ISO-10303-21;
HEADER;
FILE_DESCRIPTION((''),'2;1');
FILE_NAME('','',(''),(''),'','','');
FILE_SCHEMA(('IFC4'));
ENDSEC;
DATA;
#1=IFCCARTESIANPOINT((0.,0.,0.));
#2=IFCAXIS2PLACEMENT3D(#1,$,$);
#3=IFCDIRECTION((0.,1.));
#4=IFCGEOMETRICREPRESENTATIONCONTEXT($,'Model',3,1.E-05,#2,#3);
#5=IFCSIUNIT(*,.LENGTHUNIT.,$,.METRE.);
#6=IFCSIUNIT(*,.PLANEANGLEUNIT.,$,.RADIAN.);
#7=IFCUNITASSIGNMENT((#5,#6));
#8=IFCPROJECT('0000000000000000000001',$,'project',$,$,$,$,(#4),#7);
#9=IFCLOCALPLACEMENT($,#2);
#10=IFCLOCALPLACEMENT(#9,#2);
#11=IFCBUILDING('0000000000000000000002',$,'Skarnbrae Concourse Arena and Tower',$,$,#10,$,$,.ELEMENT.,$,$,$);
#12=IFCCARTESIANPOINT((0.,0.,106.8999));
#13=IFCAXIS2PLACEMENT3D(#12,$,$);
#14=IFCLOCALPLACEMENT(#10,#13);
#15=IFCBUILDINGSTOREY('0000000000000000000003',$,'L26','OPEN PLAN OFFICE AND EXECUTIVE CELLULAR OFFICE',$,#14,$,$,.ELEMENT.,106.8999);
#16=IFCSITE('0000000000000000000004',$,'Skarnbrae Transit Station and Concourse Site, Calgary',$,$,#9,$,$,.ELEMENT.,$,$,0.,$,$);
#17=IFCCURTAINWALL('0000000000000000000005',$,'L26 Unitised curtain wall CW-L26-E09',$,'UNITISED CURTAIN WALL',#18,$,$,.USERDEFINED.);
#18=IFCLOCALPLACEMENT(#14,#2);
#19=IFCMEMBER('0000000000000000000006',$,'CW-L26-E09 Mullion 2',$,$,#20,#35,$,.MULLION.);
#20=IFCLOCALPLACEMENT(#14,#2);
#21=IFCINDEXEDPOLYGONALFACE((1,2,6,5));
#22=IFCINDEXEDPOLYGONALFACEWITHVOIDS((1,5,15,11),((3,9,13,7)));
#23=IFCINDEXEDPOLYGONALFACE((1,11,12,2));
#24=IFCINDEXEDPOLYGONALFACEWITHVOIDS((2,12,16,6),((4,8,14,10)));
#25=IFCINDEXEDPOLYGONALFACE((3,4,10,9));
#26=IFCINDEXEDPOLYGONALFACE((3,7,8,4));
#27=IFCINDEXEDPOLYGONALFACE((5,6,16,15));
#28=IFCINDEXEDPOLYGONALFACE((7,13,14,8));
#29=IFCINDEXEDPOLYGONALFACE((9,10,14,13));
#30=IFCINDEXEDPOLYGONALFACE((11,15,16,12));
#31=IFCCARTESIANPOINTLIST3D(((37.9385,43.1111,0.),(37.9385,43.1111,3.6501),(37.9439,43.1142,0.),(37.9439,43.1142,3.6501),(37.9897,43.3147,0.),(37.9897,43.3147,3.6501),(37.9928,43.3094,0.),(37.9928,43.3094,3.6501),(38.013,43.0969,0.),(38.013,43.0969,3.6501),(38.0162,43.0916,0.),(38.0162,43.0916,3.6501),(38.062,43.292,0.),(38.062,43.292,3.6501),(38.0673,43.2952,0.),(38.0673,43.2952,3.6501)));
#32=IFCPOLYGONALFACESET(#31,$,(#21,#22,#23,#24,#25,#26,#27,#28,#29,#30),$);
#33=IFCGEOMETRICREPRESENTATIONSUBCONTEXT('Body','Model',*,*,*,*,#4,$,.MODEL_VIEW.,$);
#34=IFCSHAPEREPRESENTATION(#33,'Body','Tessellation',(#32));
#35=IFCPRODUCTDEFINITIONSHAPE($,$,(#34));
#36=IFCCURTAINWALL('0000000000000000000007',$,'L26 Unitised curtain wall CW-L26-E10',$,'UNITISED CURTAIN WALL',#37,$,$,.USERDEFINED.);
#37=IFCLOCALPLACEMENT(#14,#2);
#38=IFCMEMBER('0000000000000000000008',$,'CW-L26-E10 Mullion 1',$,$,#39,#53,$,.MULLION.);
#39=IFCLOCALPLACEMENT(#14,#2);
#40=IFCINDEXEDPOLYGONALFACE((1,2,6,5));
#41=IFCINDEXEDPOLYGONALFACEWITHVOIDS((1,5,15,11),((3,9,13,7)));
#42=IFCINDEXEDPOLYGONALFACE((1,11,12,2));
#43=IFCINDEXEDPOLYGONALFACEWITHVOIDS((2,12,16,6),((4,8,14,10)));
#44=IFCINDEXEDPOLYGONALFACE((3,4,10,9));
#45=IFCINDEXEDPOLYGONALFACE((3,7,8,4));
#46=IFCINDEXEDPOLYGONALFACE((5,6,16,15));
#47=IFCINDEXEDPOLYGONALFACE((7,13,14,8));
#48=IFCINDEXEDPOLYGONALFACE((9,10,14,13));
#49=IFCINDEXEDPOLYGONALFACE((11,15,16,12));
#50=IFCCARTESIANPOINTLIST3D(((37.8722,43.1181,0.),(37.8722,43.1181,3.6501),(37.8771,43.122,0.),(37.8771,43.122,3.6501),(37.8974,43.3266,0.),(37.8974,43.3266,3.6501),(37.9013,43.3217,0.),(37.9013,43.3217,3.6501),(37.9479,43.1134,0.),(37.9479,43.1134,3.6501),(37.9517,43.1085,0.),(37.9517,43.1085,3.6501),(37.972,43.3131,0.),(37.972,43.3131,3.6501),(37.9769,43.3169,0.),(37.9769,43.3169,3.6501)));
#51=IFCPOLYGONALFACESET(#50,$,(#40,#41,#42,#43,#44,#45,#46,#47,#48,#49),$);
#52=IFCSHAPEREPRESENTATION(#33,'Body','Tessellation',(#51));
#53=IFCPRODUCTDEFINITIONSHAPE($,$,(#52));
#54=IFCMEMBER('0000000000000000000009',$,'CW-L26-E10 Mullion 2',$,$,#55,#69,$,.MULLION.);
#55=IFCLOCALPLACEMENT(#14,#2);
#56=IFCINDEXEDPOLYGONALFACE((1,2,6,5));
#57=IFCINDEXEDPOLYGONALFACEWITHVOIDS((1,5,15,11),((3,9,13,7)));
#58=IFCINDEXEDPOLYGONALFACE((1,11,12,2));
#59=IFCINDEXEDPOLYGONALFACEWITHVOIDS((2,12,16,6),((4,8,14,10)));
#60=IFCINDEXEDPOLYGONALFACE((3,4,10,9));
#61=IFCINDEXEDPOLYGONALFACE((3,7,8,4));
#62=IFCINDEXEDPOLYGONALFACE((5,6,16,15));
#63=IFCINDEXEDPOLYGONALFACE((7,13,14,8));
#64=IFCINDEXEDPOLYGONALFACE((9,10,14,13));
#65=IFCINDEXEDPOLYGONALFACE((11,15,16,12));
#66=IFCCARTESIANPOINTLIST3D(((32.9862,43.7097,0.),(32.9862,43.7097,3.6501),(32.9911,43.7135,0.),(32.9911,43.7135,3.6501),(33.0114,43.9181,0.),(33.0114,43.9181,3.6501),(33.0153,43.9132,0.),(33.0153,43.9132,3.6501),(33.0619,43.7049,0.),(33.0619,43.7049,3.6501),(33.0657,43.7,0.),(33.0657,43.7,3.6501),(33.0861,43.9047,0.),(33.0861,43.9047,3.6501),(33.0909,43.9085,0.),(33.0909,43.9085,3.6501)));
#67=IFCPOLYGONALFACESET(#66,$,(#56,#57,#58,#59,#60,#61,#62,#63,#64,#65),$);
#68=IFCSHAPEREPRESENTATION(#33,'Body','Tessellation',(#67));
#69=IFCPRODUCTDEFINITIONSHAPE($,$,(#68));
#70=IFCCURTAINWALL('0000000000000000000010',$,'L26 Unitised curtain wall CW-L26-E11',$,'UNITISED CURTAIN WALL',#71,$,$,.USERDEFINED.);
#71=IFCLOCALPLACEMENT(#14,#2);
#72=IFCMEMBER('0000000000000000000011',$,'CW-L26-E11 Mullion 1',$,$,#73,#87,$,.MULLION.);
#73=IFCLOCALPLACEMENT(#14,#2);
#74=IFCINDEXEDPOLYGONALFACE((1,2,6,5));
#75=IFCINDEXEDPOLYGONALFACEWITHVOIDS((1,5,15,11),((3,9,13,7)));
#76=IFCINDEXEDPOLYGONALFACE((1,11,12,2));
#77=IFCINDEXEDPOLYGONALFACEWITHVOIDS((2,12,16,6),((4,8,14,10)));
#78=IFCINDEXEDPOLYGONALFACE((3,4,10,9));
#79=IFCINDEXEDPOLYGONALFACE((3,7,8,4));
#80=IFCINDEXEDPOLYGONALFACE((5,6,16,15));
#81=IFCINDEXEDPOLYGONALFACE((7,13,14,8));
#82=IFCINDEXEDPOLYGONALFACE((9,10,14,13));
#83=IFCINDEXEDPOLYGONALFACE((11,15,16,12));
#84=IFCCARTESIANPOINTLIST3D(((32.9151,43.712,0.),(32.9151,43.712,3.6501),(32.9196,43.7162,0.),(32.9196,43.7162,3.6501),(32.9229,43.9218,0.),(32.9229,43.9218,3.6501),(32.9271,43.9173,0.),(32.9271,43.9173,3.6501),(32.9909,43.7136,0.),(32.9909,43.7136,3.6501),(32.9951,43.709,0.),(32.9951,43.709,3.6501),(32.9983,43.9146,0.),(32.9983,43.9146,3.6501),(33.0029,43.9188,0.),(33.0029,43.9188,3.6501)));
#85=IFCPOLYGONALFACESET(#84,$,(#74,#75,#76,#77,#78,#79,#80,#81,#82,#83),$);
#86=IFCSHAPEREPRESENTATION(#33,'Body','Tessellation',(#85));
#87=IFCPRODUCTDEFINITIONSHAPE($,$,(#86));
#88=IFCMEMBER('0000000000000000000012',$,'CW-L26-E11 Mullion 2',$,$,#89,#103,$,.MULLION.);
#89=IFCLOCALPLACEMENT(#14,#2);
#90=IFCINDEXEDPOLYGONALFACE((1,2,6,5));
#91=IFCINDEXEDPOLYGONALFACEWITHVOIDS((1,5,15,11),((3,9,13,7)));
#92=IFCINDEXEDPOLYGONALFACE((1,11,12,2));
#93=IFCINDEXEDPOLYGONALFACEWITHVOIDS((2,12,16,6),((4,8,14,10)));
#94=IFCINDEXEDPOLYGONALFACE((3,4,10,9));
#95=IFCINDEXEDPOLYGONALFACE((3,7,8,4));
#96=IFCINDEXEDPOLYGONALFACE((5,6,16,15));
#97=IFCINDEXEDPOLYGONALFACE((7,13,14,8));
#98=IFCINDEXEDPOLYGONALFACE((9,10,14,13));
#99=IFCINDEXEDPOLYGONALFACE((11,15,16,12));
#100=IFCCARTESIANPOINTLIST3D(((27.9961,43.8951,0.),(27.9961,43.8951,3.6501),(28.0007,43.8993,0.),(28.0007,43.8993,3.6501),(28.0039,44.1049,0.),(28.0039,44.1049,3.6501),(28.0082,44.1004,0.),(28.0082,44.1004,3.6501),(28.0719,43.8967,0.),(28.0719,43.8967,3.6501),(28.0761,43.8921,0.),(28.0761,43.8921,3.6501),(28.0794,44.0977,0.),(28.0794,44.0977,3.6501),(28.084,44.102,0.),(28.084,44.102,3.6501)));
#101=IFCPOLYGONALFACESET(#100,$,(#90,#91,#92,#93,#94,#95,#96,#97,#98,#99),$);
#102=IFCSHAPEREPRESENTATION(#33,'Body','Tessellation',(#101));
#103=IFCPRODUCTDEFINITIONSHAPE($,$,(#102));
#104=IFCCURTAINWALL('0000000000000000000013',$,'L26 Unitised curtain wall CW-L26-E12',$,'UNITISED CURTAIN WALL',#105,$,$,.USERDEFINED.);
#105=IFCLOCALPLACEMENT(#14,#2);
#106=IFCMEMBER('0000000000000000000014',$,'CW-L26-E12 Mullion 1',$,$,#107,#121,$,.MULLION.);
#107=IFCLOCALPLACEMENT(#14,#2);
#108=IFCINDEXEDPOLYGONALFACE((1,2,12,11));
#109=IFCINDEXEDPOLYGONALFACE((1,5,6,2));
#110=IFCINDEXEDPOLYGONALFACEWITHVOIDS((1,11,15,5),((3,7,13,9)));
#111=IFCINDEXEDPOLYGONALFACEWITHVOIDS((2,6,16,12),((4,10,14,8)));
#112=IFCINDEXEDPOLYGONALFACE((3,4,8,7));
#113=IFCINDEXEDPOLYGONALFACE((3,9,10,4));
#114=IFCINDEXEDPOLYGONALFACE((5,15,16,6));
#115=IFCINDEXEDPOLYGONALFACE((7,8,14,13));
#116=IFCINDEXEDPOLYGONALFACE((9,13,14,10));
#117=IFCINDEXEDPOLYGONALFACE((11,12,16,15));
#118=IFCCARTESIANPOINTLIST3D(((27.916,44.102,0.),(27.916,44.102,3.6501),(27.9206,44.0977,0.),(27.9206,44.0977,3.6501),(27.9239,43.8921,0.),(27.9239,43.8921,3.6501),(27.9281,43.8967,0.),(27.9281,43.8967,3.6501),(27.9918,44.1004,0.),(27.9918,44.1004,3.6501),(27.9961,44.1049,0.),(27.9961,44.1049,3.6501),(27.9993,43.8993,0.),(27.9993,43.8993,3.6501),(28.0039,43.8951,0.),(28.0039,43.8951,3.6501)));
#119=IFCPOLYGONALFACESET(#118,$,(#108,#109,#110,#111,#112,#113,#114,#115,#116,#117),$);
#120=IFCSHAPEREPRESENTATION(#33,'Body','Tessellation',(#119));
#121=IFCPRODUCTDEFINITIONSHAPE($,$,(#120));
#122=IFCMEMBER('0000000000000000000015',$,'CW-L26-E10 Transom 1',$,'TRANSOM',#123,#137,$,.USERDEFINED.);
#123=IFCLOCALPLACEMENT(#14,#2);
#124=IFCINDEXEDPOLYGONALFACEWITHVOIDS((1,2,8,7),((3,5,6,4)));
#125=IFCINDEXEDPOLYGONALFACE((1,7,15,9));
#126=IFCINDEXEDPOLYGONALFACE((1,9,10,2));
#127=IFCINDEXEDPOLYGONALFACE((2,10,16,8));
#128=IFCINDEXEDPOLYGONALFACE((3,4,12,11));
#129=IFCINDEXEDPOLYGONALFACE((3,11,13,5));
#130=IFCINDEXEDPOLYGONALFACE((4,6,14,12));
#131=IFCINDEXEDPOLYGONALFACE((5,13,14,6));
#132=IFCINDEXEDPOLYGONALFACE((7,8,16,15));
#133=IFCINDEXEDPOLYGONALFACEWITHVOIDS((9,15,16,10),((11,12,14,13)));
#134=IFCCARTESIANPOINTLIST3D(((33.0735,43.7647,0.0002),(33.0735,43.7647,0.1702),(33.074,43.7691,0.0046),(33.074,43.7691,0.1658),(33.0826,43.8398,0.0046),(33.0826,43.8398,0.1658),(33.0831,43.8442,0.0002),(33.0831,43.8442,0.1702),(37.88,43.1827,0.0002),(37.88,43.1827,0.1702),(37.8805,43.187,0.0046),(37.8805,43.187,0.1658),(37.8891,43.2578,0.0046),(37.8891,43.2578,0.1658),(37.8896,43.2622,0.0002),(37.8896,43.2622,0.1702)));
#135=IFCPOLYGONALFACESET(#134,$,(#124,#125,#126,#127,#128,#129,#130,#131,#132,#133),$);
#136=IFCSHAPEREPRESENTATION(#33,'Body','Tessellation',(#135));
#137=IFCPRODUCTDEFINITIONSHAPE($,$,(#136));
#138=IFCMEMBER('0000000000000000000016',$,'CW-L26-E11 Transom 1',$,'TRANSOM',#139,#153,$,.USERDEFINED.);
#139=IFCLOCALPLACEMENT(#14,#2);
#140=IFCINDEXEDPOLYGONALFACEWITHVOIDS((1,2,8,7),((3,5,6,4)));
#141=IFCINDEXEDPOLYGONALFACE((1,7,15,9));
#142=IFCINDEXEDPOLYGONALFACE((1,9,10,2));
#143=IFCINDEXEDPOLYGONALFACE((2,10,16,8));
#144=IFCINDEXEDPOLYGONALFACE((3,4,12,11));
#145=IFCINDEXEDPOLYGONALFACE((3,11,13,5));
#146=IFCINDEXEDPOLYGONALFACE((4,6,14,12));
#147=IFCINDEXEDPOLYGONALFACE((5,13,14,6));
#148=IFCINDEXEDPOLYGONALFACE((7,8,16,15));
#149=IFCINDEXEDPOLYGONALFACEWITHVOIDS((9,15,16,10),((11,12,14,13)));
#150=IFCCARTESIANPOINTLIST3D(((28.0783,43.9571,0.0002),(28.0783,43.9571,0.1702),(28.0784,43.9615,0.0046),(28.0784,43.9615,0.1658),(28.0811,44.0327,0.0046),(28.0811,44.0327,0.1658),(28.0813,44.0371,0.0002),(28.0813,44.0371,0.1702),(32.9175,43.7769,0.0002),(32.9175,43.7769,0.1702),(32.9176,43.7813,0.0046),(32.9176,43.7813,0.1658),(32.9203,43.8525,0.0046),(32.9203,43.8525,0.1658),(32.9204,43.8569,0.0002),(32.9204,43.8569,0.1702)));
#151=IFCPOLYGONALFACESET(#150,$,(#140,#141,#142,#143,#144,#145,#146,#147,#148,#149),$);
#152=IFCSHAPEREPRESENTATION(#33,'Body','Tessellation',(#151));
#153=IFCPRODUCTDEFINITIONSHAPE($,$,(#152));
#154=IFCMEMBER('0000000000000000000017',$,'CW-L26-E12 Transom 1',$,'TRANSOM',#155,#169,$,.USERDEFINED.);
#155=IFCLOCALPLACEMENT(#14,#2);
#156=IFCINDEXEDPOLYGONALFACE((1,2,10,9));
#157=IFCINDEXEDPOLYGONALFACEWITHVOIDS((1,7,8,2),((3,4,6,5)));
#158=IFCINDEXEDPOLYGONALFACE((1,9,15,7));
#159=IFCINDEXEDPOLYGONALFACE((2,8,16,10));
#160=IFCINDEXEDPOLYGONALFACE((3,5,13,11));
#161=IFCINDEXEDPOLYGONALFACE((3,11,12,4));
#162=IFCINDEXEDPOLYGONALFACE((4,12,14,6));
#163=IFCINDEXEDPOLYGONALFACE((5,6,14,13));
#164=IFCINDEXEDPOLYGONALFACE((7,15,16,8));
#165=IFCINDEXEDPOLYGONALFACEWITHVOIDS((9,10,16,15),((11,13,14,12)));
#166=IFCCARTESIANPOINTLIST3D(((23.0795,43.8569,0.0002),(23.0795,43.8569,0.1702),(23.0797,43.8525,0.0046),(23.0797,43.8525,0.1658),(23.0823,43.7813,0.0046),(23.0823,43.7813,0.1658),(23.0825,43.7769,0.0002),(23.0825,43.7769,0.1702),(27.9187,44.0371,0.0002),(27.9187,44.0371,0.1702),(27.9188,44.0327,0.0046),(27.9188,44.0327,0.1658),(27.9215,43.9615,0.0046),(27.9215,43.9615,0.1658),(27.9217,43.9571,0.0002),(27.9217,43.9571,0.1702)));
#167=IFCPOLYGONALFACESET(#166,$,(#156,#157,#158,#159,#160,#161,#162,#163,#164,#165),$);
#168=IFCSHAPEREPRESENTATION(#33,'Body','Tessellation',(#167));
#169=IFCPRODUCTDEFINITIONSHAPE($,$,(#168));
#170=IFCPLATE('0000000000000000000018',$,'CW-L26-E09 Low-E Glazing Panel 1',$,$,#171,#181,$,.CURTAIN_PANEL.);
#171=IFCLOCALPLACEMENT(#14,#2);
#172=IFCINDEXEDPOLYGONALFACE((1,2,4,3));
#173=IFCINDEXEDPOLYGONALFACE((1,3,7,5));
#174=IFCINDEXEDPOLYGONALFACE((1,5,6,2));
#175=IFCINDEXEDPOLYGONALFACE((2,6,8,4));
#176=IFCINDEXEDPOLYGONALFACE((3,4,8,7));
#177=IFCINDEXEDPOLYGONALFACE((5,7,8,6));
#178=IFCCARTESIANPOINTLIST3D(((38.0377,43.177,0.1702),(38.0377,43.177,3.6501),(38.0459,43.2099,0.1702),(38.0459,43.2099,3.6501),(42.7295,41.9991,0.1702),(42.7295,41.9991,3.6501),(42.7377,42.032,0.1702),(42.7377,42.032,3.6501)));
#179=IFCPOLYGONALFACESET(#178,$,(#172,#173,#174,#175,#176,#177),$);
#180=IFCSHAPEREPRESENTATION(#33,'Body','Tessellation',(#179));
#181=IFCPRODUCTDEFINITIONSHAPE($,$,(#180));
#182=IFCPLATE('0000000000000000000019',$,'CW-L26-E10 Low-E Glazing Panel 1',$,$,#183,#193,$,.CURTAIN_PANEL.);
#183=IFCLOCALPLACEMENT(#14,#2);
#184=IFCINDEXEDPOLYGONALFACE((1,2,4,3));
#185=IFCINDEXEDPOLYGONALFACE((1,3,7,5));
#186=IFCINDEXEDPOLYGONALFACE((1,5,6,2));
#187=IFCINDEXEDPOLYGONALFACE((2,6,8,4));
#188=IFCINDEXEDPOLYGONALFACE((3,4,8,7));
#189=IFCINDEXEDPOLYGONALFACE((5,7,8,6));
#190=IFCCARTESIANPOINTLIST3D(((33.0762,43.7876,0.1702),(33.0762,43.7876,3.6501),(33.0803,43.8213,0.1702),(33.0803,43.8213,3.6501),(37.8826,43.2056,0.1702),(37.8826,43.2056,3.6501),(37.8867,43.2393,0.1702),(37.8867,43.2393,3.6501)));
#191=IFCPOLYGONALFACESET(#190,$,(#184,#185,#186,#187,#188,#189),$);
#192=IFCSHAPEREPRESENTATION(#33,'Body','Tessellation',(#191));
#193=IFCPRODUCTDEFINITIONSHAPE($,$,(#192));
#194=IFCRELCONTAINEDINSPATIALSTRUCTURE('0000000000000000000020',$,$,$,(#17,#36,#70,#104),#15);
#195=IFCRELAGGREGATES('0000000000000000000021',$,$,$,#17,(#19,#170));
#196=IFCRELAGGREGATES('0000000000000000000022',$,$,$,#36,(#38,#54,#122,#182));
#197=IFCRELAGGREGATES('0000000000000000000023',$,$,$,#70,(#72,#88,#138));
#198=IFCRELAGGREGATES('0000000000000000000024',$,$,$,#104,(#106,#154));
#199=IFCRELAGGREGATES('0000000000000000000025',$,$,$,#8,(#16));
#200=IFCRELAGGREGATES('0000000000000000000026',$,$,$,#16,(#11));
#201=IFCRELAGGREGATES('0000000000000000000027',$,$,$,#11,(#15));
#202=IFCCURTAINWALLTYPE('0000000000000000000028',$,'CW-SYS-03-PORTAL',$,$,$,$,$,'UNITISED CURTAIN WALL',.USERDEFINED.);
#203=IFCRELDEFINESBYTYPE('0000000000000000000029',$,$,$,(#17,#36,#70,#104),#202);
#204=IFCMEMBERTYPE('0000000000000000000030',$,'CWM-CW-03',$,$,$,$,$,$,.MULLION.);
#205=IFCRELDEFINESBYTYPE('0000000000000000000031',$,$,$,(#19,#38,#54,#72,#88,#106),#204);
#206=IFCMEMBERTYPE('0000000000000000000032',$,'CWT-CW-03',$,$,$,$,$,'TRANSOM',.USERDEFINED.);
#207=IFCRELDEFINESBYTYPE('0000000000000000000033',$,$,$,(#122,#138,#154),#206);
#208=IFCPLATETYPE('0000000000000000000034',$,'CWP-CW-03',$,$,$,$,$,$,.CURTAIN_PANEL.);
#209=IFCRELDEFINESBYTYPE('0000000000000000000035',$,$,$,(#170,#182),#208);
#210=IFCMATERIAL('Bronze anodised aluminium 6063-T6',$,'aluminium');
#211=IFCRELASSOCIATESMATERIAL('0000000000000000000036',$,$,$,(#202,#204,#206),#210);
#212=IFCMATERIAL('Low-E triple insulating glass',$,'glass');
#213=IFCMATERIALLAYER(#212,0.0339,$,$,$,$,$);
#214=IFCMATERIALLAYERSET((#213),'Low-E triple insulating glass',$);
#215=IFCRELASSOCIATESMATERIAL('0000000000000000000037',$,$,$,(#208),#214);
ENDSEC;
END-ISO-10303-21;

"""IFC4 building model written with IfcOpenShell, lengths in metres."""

from ifc_helpers import new_model, si_unit, direction, frame, origin, origin_2d, place, context, subcontext, project, spatial, rectangle, hollow_rectangle, extrude, source, transform, mapped, material, layer, layer_set, material_profile, profile_set, type_object, element, aggregate, save


model = new_model("IFC4")

# Units and contexts
model_context = context("Model", 3, precision=1e-05, world=origin(), true_north=direction((0.0, 1.0)))
body_context = subcontext(model_context, "Body", "Model", "MODEL_VIEW")
ifc_project = project(units=[si_unit("LENGTHUNIT", "METRE"), si_unit("PLANEANGLEUNIT", "RADIAN")], contexts=[model_context])

# Site, building, storey
site_placement = place(None, origin())
site = spatial("IfcSite", under=ifc_project, at=site_placement, Name="Skarnbrae Transit Station and Concourse Site, Calgary", CompositionType="ELEMENT", RefElevation=0.0)
building_placement = place(site_placement, origin())
building = spatial("IfcBuilding", under=site, at=building_placement, Name="Skarnbrae Concourse Arena and Tower", CompositionType="ELEMENT")
storey_placement = place(building_placement, frame((0.0, 0.0, 106.8999)))
storey = spatial("IfcBuildingStorey", under=building, at=storey_placement, Name="L26", Description="OPEN PLAN OFFICE AND EXECUTIVE CELLULAR OFFICE", CompositionType="ELEMENT", Elevation=106.8999)

# Curtain wall, member
ifc_material_1 = material(Name="Bronze anodised aluminium 6063-T6", Category="aluminium")
curtain_wall_type = type_object("IfcCurtainWallType", Name="CW-SYS-03-PORTAL", ElementType="UNITISED CURTAIN WALL", PredefinedType="USERDEFINED", material=ifc_material_1)
curtain_wall_1_placement = place(storey_placement, origin())
curtain_wall_1 = element("IfcCurtainWall", 1, at=curtain_wall_1_placement, inside=storey, type_object=curtain_wall_type, Name="L26 Unitised curtain wall CW-L26-E09", ObjectType="UNITISED CURTAIN WALL", PredefinedType="USERDEFINED")
ifc_material_profile_1 = material_profile(ifc_material_1, hollow_rectangle(XDim=0.0801, YDim=0.21, WallThickness=0.0044, at=origin_2d()), Name="ALU-MULL-80X210")
ifc_profile_set_1 = profile_set([ifc_material_profile_1], Name="Bronze anodised aluminium 6063-T6")
member_type_1 = type_object("IfcMemberType", Name="CWM-CW-03", PredefinedType="MULLION", material=ifc_profile_set_1)
shared_shape_1 = source(origin(), body_context, "Body", "SweptSolid", [
    extrude(hollow_rectangle(XDim=0.0801, YDim=0.21, WallThickness=0.0044, at=origin_2d()), origin(), (0.0, 0.0, 1.0), 3.6501),
])
member_1_placement = place(storey_placement, frame((38.0029, 43.2031, 0.0), z_axis=(0.0, 0.0, 1.0), x_axis=(-0.969903, 0.243491, 0.0)))
member_1 = element("IfcMember", 2, at=member_1_placement, type_object=member_type_1, Name="CW-L26-E09 Mullion 2", PredefinedType="MULLION", context=body_context, shape_type="MappedRepresentation", body=[
    mapped(shared_shape_1, transform((0.0, 0.0, 0.0))),
])

# Curtain walls, members
curtain_wall_2_placement = place(storey_placement, origin())
curtain_wall_2 = element("IfcCurtainWall", 3, at=curtain_wall_2_placement, inside=storey, type_object=curtain_wall_type, Name="L26 Unitised curtain wall CW-L26-E10", ObjectType="UNITISED CURTAIN WALL", PredefinedType="USERDEFINED")
member_2_placement = place(storey_placement, frame((37.9246, 43.2175, 0.0), z_axis=(0.0, 0.0, 1.0), x_axis=(-0.992749, 0.120203, 0.0)))
member_2 = element("IfcMember", 4, at=member_2_placement, type_object=member_type_1, Name="CW-L26-E10 Mullion 1", PredefinedType="MULLION", context=body_context, shape_type="MappedRepresentation", body=[
    mapped(shared_shape_1, transform((0.0, 0.0, 0.0))),
])
member_3_placement = place(storey_placement, frame((33.0386, 43.8091, 0.0), z_axis=(0.0, 0.0, 1.0), x_axis=(-0.992749, 0.120203, 0.0)))
member_3 = element("IfcMember", 5, at=member_3_placement, type_object=member_type_1, Name="CW-L26-E10 Mullion 2", PredefinedType="MULLION", context=body_context, shape_type="MappedRepresentation", body=[
    mapped(shared_shape_1, transform((0.0, 0.0, 0.0))),
])
curtain_wall_3_placement = place(storey_placement, origin())
curtain_wall_3 = element("IfcCurtainWall", 6, at=curtain_wall_3_placement, inside=storey, type_object=curtain_wall_type, Name="L26 Unitised curtain wall CW-L26-E11", ObjectType="UNITISED CURTAIN WALL", PredefinedType="USERDEFINED")
member_4_placement = place(storey_placement, frame((32.959, 43.8154, 0.0), z_axis=(0.0, 0.0, 1.0), x_axis=(-0.999308, 0.037183, 0.0)))
member_4 = element("IfcMember", 7, at=member_4_placement, type_object=member_type_1, Name="CW-L26-E11 Mullion 1", PredefinedType="MULLION", context=body_context, shape_type="MappedRepresentation", body=[
    mapped(shared_shape_1, transform((0.0, 0.0, 0.0))),
])
member_5_placement = place(storey_placement, frame((28.04, 43.9985, 0.0), z_axis=(0.0, 0.0, 1.0), x_axis=(-0.999308, 0.037183, 0.0)))
member_5 = element("IfcMember", 8, at=member_5_placement, type_object=member_type_1, Name="CW-L26-E11 Mullion 2", PredefinedType="MULLION", context=body_context, shape_type="MappedRepresentation", body=[
    mapped(shared_shape_1, transform((0.0, 0.0, 0.0))),
])

# Curtain wall, member
curtain_wall_4_placement = place(storey_placement, origin())
curtain_wall_4 = element("IfcCurtainWall", 9, at=curtain_wall_4_placement, inside=storey, type_object=curtain_wall_type, Name="L26 Unitised curtain wall CW-L26-E12", ObjectType="UNITISED CURTAIN WALL", PredefinedType="USERDEFINED")
member_6_placement = place(storey_placement, frame((27.96, 43.9985, 0.0), z_axis=(0.0, 0.0, 1.0), x_axis=(-0.999308, -0.037183, 0.0)))
member_6 = element("IfcMember", 10, at=member_6_placement, type_object=member_type_1, Name="CW-L26-E12 Mullion 1", PredefinedType="MULLION", context=body_context, shape_type="MappedRepresentation", body=[
    mapped(shared_shape_1, transform((0.0, 0.0, 0.0))),
])

# Members
ifc_material_profile_2 = material_profile(ifc_material_1, hollow_rectangle(XDim=0.0801, YDim=0.1699, WallThickness=0.0044, at=origin_2d()), Name="ALU-TRAN-80X170")
ifc_profile_set_2 = profile_set([ifc_material_profile_2], Name="Bronze anodised aluminium 6063-T6")
member_type_2 = type_object("IfcMemberType", Name="CWT-CW-03", ElementType="TRANSOM", PredefinedType="USERDEFINED", material=ifc_profile_set_2)
shared_shape_2 = source(origin(), body_context, "Body", "SweptSolid", [
    extrude(hollow_rectangle(XDim=0.0801, YDim=0.1699, WallThickness=0.0044, at=origin_2d()), origin(), (0.0, 0.0, 1.0), 4.8416),
])
member_7_placement = place(storey_placement, frame((37.8848, 43.2224, 0.0852), z_axis=(-0.992748, 0.120217, 0.0), x_axis=(-0.120217, -0.992748, 0.0)))
member_7 = element("IfcMember", 11, at=member_7_placement, type_object=member_type_2, Name="CW-L26-E10 Transom 1", ObjectType="TRANSOM", PredefinedType="USERDEFINED", context=body_context, shape_type="MappedRepresentation", body=[
    mapped(shared_shape_2, transform((0.0, 0.0, 0.0))),
])
shared_shape_3 = source(origin(), body_context, "Body", "SweptSolid", [
    extrude(hollow_rectangle(XDim=0.0801, YDim=0.1699, WallThickness=0.0044, at=origin_2d()), origin(), (0.0, 0.0, 1.0), 4.8425),
])
member_8_placement = place(storey_placement, frame((32.9189, 43.8169, 0.0852), z_axis=(-0.999308, 0.037207, 0.0), x_axis=(-0.037207, -0.999308, 0.0)))
member_8 = element("IfcMember", 12, at=member_8_placement, type_object=member_type_2, Name="CW-L26-E11 Transom 1", ObjectType="TRANSOM", PredefinedType="USERDEFINED", context=body_context, shape_type="MappedRepresentation", body=[
    mapped(shared_shape_3, transform((0.0, 0.0, 0.0))),
])
member_9_placement = place(storey_placement, frame((27.9202, 43.9971, 0.0852), z_axis=(-0.999308, -0.037207, 0.0), x_axis=(0.037207, -0.999308, 0.0)))
member_9 = element("IfcMember", 13, at=member_9_placement, type_object=member_type_2, Name="CW-L26-E12 Transom 1", ObjectType="TRANSOM", PredefinedType="USERDEFINED", context=body_context, shape_type="MappedRepresentation", body=[
    mapped(shared_shape_3, transform((0.0, 0.0, 0.0))),
])

# Plates
ifc_material_2 = material(Name="Low-E triple insulating glass", Category="glass")
ifc_layer_1 = layer(ifc_material_2, 0.0339)
ifc_layer_set_1 = layer_set([ifc_layer_1], Name="Low-E triple insulating glass")
plate_type = type_object("IfcPlateType", Name="CWP-CW-03", PredefinedType="CURTAIN_PANEL", material=ifc_layer_set_1)
shared_shape_4 = source(origin(), body_context, "Body", "SweptSolid", [
    extrude(rectangle(XDim=4.8374, YDim=0.0339, at=origin_2d()), origin(), (0.0, 0.0, 1.0), 3.48),
])
plate_1_placement = place(storey_placement, frame((40.3877, 42.6045, 0.1702), z_axis=(0.0, 0.0, 1.0), x_axis=(-0.969903, 0.243491, 0.0)))
plate_1 = element("IfcPlate", 14, at=plate_1_placement, type_object=plate_type, Name="CW-L26-E09 Low-E Glazing Panel 1", PredefinedType="CURTAIN_PANEL", context=body_context, shape_type="MappedRepresentation", body=[
    mapped(shared_shape_4, transform((0.0, 0.0, 0.0))),
])
aggregate(curtain_wall_1, [member_1, plate_1])
shared_shape_5 = source(origin(), body_context, "Body", "SweptSolid", [
    extrude(rectangle(XDim=4.8416, YDim=0.0339, at=origin_2d()), origin(), (0.0, 0.0, 1.0), 3.48),
])
plate_2_placement = place(storey_placement, frame((35.4814, 43.5134, 0.1702), z_axis=(0.0, 0.0, 1.0), x_axis=(-0.992749, 0.120203, 0.0)))
plate_2 = element("IfcPlate", 15, at=plate_2_placement, type_object=plate_type, Name="CW-L26-E10 Low-E Glazing Panel 1", PredefinedType="CURTAIN_PANEL", context=body_context, shape_type="MappedRepresentation", body=[
    mapped(shared_shape_5, transform((0.0, 0.0, 0.0))),
])
aggregate(curtain_wall_2, [member_2, member_3, member_7, plate_2])
aggregate(curtain_wall_3, [member_4, member_5, member_8])
aggregate(curtain_wall_4, [member_6, member_9])

save(model, "model.ifc")
